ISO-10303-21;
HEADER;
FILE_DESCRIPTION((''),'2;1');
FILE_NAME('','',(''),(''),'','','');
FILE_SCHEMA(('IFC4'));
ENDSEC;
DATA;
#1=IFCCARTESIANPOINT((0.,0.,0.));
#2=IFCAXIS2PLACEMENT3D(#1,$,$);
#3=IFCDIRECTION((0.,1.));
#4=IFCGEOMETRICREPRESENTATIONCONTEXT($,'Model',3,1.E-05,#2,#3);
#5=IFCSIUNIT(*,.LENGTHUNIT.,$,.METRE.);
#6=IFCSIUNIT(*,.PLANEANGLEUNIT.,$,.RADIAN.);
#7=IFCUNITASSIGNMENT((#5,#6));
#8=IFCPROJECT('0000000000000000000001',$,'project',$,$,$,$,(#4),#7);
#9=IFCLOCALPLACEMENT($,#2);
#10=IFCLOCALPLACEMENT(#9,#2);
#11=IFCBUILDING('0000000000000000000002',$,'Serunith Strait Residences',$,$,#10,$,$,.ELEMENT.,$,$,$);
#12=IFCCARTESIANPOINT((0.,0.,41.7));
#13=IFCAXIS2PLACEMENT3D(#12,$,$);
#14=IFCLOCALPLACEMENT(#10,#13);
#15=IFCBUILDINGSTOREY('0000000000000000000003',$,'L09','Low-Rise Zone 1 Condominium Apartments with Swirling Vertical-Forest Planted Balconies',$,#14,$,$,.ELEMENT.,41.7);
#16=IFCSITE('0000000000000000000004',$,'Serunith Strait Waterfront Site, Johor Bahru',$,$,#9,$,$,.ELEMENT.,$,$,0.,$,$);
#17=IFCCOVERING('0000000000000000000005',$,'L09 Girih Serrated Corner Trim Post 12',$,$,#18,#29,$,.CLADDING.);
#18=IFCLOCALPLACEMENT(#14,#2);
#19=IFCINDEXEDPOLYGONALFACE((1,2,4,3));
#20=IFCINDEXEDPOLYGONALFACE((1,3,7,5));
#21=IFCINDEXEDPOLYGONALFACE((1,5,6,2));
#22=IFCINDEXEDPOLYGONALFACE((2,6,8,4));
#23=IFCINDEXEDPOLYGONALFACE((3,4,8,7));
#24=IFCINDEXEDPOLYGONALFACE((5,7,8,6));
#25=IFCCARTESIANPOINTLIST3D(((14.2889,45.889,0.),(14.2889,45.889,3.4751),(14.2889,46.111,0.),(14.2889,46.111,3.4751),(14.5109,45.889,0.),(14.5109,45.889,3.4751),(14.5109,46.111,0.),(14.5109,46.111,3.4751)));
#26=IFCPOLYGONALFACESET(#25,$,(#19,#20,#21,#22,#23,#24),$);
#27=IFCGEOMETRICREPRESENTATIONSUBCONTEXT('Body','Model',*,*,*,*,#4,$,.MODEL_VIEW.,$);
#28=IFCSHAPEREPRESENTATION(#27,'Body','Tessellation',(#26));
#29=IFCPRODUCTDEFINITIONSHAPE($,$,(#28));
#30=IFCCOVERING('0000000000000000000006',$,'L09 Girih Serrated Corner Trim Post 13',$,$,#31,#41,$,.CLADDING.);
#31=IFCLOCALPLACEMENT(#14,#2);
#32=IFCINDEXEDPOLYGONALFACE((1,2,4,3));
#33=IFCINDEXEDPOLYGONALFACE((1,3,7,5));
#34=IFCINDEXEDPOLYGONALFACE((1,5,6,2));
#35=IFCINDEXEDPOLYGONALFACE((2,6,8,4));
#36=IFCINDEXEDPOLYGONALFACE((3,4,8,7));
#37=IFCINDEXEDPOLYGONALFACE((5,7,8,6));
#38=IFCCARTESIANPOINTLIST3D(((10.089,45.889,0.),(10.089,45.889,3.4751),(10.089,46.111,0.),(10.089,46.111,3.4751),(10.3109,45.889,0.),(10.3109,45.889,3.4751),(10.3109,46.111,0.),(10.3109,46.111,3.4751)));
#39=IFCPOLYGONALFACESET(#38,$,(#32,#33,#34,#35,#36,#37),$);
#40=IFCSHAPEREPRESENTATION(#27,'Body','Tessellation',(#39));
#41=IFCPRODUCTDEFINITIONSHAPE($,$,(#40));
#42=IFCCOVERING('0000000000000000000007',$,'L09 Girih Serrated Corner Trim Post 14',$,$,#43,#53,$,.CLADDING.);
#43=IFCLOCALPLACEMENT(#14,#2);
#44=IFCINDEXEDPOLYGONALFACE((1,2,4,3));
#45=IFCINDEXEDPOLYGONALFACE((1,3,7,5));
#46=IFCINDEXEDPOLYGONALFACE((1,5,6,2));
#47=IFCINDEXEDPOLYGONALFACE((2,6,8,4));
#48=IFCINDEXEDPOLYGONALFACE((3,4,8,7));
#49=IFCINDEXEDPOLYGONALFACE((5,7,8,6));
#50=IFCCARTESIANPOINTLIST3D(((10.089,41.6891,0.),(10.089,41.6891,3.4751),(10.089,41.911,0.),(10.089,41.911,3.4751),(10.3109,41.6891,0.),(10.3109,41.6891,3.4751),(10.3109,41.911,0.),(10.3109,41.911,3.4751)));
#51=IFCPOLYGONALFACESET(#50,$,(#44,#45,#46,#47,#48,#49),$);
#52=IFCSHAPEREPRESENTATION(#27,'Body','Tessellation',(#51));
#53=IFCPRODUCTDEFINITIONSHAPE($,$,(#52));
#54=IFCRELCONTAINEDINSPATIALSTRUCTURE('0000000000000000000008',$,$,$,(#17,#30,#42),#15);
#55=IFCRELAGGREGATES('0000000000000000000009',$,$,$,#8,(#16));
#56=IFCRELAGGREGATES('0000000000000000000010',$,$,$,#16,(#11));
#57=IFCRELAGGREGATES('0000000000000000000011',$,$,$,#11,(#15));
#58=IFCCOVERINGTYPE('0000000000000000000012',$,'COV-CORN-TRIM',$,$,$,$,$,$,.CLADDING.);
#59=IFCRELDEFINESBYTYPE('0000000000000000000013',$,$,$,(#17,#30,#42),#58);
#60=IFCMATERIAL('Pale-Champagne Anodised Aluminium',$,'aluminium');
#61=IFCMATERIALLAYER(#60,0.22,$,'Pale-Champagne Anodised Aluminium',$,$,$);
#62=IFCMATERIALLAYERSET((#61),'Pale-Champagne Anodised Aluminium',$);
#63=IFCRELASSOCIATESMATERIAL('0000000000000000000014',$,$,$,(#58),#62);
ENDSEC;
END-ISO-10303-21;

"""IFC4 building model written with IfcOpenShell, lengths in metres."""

from ifc_helpers import new_model, si_unit, direction, frame, origin, origin_2d, place, context, subcontext, project, spatial, rectangle, extrude, source, transform, mapped, material, layer, layer_set, type_object, element, save


model = new_model("IFC4")

# Units and contexts
model_context = context("Model", 3, precision=1e-05, world=origin(), true_north=direction((0.0, 1.0)))
body_context = subcontext(model_context, "Body", "Model", "MODEL_VIEW")
ifc_project = project(units=[si_unit("LENGTHUNIT", "METRE"), si_unit("PLANEANGLEUNIT", "RADIAN")], contexts=[model_context])

# Site, building, storey
site_placement = place(None, origin())
site = spatial("IfcSite", under=ifc_project, at=site_placement, Name="Serunith Strait Waterfront Site, Johor Bahru", CompositionType="ELEMENT", RefElevation=0.0)
building_placement = place(site_placement, origin())
building = spatial("IfcBuilding", under=site, at=building_placement, Name="Serunith Strait Residences", CompositionType="ELEMENT")
storey_placement = place(building_placement, frame((0.0, 0.0, 41.7)))
storey = spatial("IfcBuildingStorey", under=building, at=storey_placement, Name="L09", Description="Low-Rise Zone 1 Condominium Apartments with Swirling Vertical-Forest Planted Balconies", CompositionType="ELEMENT", Elevation=41.7)

# Shared definitions
ifc_material_1 = material(Name="Pale-Champagne Anodised Aluminium", Category="aluminium")

# Coverings
ifc_layer_1 = layer(ifc_material_1, 0.22, Name="Pale-Champagne Anodised Aluminium")
ifc_layer_set_1 = layer_set([ifc_layer_1], Name="Pale-Champagne Anodised Aluminium")
covering_type = type_object("IfcCoveringType", Name="COV-CORN-TRIM", PredefinedType="CLADDING", material=ifc_layer_set_1)
shared_shape_1 = source(origin(), body_context, "Body", "SweptSolid", [
    extrude(rectangle(XDim=0.2219, YDim=0.2219, at=origin_2d()), origin(), (0.0, 0.0, 1.0), 3.4751),
])
for number, where, z_axis, x_axis, name in (
    (1, (14.3999, 46.0, 0.0), (0.0, 0.0, 1.0), (1.0, 0.0, 0.0), "L09 Girih Serrated Corner Trim Post 12"),
    (2, (10.2, 46.0, 0.0), (0.0, 0.0, 1.0), (1.0, 0.0, 0.0), "L09 Girih Serrated Corner Trim Post 13"),
    (3, (10.2, 41.8, 0.0), (0.0, 0.0, 1.0), (1.0, 0.0, 0.0), "L09 Girih Serrated Corner Trim Post 14"),
):
    element("IfcCovering", number, at=place(storey_placement, frame(where, z_axis=z_axis, x_axis=x_axis)), inside=storey, type_object=covering_type, Name=name, PredefinedType="CLADDING", context=body_context, shape_type="MappedRepresentation", body=[
        mapped(shared_shape_1, transform((0.0, 0.0, 0.0), scale=1.0)),
    ])

save(model, "model.ifc")
